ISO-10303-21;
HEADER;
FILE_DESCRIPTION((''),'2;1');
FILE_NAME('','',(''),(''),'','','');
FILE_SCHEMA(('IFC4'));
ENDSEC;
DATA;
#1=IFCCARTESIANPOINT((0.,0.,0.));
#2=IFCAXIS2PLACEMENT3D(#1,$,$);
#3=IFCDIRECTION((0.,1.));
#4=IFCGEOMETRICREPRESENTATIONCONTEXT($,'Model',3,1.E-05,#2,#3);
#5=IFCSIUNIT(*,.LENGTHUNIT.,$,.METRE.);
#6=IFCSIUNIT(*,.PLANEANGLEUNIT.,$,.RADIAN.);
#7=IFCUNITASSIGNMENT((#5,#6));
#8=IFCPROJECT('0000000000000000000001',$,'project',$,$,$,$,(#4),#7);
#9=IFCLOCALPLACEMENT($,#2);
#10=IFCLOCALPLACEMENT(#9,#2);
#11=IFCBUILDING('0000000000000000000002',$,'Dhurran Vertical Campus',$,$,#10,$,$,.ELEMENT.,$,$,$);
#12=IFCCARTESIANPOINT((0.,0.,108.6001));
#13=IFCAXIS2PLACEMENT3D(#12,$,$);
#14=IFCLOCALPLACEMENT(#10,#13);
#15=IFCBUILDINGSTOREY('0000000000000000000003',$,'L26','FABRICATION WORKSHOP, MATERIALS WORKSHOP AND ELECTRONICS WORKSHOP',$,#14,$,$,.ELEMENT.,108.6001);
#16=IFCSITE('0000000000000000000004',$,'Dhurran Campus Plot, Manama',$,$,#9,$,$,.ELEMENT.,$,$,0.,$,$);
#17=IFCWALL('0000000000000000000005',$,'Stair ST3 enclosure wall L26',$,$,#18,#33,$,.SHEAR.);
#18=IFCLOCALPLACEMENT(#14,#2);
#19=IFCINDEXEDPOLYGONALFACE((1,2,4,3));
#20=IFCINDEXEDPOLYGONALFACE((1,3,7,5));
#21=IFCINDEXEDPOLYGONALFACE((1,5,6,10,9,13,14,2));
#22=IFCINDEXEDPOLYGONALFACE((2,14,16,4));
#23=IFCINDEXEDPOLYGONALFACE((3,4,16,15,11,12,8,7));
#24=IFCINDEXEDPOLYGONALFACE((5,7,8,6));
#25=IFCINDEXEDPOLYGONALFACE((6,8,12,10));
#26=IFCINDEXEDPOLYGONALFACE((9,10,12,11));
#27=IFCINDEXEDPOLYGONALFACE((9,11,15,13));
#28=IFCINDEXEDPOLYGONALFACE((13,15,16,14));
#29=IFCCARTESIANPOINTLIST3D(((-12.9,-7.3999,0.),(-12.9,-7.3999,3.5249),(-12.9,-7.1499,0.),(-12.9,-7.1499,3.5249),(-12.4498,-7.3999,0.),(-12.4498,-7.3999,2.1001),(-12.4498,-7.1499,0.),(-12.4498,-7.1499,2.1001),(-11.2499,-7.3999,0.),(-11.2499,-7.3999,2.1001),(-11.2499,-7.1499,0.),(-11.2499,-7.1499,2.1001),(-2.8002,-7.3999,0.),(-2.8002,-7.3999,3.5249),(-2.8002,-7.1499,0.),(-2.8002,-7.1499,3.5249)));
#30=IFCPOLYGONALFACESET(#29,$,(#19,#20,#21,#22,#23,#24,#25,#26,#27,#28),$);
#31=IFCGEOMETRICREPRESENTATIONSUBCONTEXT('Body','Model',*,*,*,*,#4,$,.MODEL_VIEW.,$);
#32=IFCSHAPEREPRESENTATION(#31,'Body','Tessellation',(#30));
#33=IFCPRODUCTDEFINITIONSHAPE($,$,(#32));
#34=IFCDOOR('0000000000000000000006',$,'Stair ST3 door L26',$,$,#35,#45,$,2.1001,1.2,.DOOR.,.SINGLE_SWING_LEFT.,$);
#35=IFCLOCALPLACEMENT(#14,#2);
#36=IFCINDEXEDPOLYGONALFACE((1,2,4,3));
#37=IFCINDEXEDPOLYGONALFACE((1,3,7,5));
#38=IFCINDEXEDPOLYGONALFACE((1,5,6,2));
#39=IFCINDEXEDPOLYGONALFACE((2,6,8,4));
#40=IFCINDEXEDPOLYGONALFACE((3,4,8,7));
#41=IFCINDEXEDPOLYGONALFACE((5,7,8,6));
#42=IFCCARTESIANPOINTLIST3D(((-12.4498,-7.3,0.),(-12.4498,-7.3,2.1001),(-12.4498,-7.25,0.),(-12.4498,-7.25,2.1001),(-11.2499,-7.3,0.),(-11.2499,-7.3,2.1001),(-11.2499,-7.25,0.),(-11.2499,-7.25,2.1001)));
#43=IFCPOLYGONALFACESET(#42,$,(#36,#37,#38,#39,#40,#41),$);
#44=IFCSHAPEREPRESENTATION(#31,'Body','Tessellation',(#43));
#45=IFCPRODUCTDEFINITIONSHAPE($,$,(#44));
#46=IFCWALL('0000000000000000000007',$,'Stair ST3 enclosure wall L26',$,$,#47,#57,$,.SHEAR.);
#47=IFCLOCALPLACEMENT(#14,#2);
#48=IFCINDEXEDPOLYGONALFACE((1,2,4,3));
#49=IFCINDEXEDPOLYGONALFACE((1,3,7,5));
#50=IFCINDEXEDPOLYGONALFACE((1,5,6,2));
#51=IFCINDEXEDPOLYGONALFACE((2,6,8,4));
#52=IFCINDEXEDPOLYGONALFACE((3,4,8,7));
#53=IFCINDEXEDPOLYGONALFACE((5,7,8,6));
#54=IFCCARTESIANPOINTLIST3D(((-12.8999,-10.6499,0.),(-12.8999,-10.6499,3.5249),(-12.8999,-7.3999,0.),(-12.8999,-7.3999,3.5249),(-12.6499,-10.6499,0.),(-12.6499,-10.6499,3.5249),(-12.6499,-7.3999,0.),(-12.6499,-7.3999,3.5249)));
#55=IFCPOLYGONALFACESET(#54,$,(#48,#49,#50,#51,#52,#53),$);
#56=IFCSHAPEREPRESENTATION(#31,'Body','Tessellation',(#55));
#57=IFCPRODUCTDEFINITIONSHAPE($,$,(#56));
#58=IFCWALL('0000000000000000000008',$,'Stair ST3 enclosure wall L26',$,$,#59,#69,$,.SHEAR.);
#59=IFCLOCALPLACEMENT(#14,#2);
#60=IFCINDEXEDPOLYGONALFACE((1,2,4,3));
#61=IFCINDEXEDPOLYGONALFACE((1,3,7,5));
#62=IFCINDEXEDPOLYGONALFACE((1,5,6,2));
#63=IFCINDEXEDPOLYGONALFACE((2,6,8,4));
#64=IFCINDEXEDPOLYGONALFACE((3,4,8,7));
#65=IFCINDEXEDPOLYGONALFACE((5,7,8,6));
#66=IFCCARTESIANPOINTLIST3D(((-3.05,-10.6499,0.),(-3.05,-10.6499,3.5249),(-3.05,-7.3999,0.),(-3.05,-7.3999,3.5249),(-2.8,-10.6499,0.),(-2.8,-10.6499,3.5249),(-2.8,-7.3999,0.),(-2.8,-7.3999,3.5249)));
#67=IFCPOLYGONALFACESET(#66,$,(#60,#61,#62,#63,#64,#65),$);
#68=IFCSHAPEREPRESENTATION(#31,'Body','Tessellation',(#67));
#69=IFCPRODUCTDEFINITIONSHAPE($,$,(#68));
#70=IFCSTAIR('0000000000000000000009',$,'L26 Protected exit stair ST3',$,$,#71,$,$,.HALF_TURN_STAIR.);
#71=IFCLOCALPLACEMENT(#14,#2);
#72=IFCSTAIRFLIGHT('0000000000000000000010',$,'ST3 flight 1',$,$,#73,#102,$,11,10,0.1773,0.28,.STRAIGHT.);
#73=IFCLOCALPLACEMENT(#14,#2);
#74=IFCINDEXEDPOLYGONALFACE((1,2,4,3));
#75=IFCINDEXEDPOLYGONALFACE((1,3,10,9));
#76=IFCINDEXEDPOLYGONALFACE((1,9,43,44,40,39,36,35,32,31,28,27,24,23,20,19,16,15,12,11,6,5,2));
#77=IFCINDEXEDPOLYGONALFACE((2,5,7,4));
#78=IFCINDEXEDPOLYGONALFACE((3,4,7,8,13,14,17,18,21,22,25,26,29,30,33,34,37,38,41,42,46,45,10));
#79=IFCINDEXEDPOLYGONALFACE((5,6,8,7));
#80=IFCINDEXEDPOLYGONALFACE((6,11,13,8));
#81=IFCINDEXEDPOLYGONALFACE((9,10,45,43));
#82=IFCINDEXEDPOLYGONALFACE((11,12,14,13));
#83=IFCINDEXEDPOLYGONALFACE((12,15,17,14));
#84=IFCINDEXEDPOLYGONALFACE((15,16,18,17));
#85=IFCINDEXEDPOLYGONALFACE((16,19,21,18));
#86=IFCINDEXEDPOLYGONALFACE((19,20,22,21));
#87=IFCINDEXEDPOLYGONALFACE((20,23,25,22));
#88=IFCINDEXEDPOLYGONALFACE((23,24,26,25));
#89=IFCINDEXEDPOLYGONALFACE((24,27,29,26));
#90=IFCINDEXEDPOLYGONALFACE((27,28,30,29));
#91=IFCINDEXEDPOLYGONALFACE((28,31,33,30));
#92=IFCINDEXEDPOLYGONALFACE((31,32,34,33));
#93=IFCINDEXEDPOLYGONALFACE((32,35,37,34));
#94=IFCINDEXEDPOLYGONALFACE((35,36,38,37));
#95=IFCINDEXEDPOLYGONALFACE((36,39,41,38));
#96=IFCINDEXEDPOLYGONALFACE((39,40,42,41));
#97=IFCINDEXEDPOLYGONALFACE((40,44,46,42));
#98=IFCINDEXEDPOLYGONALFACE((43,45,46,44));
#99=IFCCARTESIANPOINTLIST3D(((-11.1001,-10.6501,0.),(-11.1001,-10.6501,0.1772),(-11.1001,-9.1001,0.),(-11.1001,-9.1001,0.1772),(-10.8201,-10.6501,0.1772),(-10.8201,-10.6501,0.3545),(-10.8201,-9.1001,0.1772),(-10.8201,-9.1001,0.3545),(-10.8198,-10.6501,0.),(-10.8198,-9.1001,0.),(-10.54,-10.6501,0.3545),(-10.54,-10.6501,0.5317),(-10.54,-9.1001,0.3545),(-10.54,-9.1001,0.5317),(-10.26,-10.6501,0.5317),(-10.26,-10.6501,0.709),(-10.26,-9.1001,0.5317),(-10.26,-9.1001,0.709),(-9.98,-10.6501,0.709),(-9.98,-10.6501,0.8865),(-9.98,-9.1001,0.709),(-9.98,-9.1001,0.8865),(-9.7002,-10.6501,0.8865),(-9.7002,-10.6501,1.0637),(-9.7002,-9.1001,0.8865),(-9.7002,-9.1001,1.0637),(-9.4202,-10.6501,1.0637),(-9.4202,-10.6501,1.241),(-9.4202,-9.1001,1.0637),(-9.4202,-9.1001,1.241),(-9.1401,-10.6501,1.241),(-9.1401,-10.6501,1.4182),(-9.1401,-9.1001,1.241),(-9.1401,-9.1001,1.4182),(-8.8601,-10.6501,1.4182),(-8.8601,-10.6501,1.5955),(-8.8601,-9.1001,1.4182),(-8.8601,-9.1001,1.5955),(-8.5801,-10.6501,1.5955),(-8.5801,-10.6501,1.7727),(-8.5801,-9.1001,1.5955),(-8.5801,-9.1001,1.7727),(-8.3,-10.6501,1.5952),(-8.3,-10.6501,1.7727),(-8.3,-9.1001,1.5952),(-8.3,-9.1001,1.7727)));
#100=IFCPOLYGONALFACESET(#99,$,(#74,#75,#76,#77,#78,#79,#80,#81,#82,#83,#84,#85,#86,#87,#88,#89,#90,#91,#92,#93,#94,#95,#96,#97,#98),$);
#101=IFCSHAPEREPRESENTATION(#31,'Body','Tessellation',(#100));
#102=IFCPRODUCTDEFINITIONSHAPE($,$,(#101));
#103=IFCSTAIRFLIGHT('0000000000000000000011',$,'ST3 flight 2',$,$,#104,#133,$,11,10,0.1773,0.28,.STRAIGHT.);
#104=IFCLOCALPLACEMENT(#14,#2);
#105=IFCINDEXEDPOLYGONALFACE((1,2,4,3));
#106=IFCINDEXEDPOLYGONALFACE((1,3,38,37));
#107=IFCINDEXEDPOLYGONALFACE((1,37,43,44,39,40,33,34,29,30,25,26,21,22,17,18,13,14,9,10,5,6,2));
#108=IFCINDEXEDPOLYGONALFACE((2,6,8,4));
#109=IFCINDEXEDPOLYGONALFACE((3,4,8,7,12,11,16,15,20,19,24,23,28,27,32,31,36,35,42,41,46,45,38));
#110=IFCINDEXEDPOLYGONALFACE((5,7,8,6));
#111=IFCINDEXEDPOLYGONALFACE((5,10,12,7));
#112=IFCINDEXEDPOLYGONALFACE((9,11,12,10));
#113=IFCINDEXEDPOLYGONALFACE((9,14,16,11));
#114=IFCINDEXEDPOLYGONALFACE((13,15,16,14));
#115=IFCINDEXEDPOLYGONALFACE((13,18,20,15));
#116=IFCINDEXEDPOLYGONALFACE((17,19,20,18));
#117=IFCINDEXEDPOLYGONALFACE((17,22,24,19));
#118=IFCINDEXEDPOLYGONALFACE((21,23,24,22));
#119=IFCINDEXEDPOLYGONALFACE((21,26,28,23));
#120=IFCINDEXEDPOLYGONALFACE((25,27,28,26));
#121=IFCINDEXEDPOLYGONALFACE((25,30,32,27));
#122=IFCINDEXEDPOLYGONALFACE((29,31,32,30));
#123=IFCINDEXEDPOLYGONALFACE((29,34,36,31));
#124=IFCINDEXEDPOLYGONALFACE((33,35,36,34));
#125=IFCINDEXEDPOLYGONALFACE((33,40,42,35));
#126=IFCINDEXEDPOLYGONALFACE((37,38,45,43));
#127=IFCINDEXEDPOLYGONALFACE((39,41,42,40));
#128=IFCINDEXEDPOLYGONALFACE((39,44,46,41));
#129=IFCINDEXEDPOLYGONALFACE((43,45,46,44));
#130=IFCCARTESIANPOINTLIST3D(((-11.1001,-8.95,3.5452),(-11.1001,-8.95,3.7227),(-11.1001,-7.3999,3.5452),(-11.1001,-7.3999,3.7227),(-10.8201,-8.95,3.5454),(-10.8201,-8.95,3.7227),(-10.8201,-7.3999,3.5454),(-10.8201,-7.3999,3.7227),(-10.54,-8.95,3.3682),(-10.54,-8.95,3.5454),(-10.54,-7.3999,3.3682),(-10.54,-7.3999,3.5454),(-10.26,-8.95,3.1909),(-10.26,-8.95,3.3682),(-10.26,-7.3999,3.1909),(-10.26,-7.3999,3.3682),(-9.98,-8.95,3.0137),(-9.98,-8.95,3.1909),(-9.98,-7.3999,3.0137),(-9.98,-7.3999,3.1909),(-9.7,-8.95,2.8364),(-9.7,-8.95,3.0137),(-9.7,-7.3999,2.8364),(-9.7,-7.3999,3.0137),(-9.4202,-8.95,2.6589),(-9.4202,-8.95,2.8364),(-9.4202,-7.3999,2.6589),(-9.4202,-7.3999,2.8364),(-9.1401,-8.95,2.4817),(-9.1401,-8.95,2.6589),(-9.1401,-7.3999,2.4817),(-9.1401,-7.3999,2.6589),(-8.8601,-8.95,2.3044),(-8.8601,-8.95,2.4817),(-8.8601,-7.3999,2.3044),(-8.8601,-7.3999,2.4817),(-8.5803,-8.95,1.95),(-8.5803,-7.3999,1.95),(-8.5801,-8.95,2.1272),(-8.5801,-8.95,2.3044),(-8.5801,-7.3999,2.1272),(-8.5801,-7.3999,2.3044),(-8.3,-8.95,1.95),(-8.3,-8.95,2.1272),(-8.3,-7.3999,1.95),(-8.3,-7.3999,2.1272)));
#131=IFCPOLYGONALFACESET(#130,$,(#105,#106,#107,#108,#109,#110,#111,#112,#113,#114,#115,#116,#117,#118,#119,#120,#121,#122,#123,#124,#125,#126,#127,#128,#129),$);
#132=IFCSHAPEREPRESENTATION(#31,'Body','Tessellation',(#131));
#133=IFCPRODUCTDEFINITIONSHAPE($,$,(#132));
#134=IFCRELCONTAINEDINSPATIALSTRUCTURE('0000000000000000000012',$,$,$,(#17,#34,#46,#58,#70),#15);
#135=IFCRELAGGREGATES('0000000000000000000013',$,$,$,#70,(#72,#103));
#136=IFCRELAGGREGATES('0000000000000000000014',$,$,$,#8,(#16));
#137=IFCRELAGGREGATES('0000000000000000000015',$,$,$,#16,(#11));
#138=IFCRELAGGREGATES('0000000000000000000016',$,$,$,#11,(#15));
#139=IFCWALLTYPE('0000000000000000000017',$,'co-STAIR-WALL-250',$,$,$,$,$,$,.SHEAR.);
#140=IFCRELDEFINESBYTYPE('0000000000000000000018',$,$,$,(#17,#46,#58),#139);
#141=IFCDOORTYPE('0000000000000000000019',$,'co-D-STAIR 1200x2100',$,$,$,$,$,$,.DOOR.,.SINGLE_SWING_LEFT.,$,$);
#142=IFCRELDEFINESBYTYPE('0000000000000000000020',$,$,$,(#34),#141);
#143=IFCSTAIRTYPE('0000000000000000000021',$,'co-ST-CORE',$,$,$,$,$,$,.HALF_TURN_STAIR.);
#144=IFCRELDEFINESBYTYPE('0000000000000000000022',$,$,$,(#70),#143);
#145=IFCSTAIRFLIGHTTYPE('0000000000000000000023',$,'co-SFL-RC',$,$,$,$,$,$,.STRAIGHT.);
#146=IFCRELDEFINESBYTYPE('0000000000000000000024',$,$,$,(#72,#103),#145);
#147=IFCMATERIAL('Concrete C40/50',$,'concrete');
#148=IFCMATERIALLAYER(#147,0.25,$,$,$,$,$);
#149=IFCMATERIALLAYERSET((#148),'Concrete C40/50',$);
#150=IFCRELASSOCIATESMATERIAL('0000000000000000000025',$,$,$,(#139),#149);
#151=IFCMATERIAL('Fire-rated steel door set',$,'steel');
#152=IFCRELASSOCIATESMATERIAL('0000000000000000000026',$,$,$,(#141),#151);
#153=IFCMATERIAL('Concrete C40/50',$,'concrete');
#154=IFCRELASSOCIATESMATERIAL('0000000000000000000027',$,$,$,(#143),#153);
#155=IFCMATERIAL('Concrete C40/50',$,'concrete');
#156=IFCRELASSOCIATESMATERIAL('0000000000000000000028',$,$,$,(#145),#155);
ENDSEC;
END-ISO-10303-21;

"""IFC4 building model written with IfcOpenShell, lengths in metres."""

from ifc_helpers import new_model, si_unit, direction, frame, frame_2d, origin, place, context, subcontext, project, spatial, polyline, rectangle, outline, extrude, material, layer, layer_set, type_object, element, fill, aggregate, save


model = new_model("IFC4")

# Units and contexts
model_context = context("Model", 3, precision=1e-05, world=origin(), true_north=direction((0.0, 1.0)))
body_context = subcontext(model_context, "Body", "Model", "MODEL_VIEW")
ifc_project = project(units=[si_unit("LENGTHUNIT", "METRE"), si_unit("PLANEANGLEUNIT", "RADIAN")], contexts=[model_context])

# Site, building, storey
site_placement = place(None, origin())
site = spatial("IfcSite", under=ifc_project, at=site_placement, Name="Dhurran Campus Plot, Manama", CompositionType="ELEMENT", RefElevation=0.0)
building_placement = place(site_placement, origin())
building = spatial("IfcBuilding", under=site, at=building_placement, Name="Dhurran Vertical Campus", CompositionType="ELEMENT")
storey_placement = place(building_placement, frame((0.0, 0.0, 108.6001)))
storey = spatial("IfcBuildingStorey", under=building, at=storey_placement, Name="L26", Description="FABRICATION WORKSHOP, MATERIALS WORKSHOP AND ELECTRONICS WORKSHOP", CompositionType="ELEMENT", Elevation=108.6001)

# Wall, opening, door
ifc_material_1 = material(Name="Concrete C40/50", Category="concrete")
ifc_layer_1 = layer(ifc_material_1, 0.25)
ifc_layer_set_1 = layer_set([ifc_layer_1], Name="Concrete C40/50")
wall_type_1 = type_object("IfcWallType", Name="co-STAIR-WALL-250", PredefinedType="SHEAR", material=ifc_layer_set_1)
wall_1_placement = place(storey_placement, frame((-12.8999, -7.2749, 0.0), z_axis=(0.0, 0.0, 1.0), x_axis=(1.0, 0.0, 0.0)))
wall_1 = element("IfcWall", 1, at=wall_1_placement, inside=storey, type_object=wall_type_1, Name="Stair ST3 enclosure wall L26", PredefinedType="SHEAR", context=body_context, shape_type="SweptSolid", body=[
    extrude(rectangle(XDim=10.0999, YDim=0.25, at=frame_2d((5.0498, 0.0))), origin(), (0.0, 0.0, 1.0), 3.5249),
])
opening_1_placement = place(wall_1_placement, frame((0.45, 0.0, 0.0)))
opening_1 = element("IfcOpeningElement", 2, at=opening_1_placement, cuts=wall_1, PredefinedType="OPENING", context=body_context, shape_type="SweptSolid", body=[
    extrude(rectangle(XDim=1.2, YDim=2.1001, at=frame_2d((0.6001, 1.05))), frame((0.0, 0.135, 0.0), z_axis=(0.0, -1.0, 0.0), x_axis=(1.0, 0.0, 0.0)), (0.0, 0.0, 1.0), 0.27),
])
ifc_material_2 = material(Name="Fire-rated steel door set", Category="steel")
door_type_1 = type_object("IfcDoorType", Name="co-D-STAIR 1200x2100", OperationType="SINGLE_SWING_LEFT", PredefinedType="DOOR", material=ifc_material_2)
door_1_placement = place(opening_1_placement, origin())
door_1 = element("IfcDoor", 3, at=door_1_placement, inside=storey, type_object=door_type_1, Name="Stair ST3 door L26", OperationType="SINGLE_SWING_LEFT", OverallHeight=2.1001, OverallWidth=1.2, PredefinedType="DOOR", context=body_context, shape_type="SweptSolid", body=[
    extrude(rectangle(XDim=1.2, YDim=2.1001, at=frame_2d((0.6001, 1.05))), frame((0.0, 0.0249, 0.0), z_axis=(0.0, -1.0, 0.0), x_axis=(1.0, 0.0, 0.0)), (0.0, 0.0, 1.0), 0.05),
])
fill(opening_1, door_1)

# Walls
for number, where, z_axis, x_axis, name in (
    (4, (-12.7749, -10.6499, 0.0), (0.0, 0.0, 1.0), (0.0, 1.0, 0.0), "Stair ST3 enclosure wall L26"),
    (5, (-2.925, -10.6499, 0.0), (0.0, 0.0, 1.0), (0.0, 1.0, 0.0), "Stair ST3 enclosure wall L26"),
):
    element("IfcWall", number, at=place(storey_placement, frame(where, z_axis=z_axis, x_axis=x_axis)), inside=storey, type_object=wall_type_1, Name=name, PredefinedType="SHEAR", context=body_context, shape_type="SweptSolid", body=[
        extrude(rectangle(XDim=3.25, YDim=0.25, at=frame_2d((1.625, 0.0))), origin(), (0.0, 0.0, 1.0), 3.5249),
    ])

# Stair, stair flights
ifc_material_3 = material(Name="Concrete C40/50", Category="concrete")
stair_type = type_object("IfcStairType", Name="co-ST-CORE", PredefinedType="HALF_TURN_STAIR", material=ifc_material_3)
stair_placement = place(storey_placement, origin())
stair = element("IfcStair", 6, at=stair_placement, inside=storey, type_object=stair_type, Name="L26 Protected exit stair ST3", PredefinedType="HALF_TURN_STAIR")
ifc_material_4 = material(Name="Concrete C40/50", Category="concrete")
stair_flight_type = type_object("IfcStairFlightType", Name="co-SFL-RC", PredefinedType="STRAIGHT", material=ifc_material_4)
stair_flight_1_placement = place(storey_placement, frame((-11.1001, -9.875, 0.0), z_axis=(0.0, 0.0, 1.0), x_axis=(1.0, 0.0, 0.0)))
stair_flight_1 = element("IfcStairFlight", 7, at=stair_flight_1_placement, type_object=stair_flight_type, Name="ST3 flight 1", NumberOfRisers=11, NumberOfTreads=10, PredefinedType="STRAIGHT", RiserHeight=0.1773, TreadLength=0.28, context=body_context, shape_type="SweptSolid", body=[
    extrude(outline(polyline([(0.0, 0.0), (0.0, 0.1772), (0.28, 0.1772), (0.28, 0.3545), (0.5601, 0.3545), (0.5601, 0.5317), (0.8401, 0.5317), (0.8401, 0.709), (1.1201, 0.709), (1.1201, 0.8865), (1.3999, 0.8865), (1.3999, 1.0637), (1.6799, 1.0637), (1.6799, 1.241), (1.96, 1.241), (1.96, 1.4182), (2.24, 1.4182), (2.24, 1.5955), (2.52, 1.5955), (2.52, 1.7727), (2.8, 1.7727), (2.8, 1.95), (2.8, 1.5952), (0.2803, 0.0), (0.0, 0.0)])), frame((0.0, 0.7749, 0.0), z_axis=(0.0, -1.0, 0.0), x_axis=(1.0, 0.0, 0.0)), (0.0, 0.0, 1.0), 1.55),
])
stair_flight_2_placement = place(storey_placement, frame((-8.3, -8.175, 1.95), z_axis=(0.0, 0.0, 1.0), x_axis=(-1.0, 0.0, 0.0)))
stair_flight_2 = element("IfcStairFlight", 8, at=stair_flight_2_placement, type_object=stair_flight_type, Name="ST3 flight 2", NumberOfRisers=11, NumberOfTreads=10, PredefinedType="STRAIGHT", RiserHeight=0.1773, TreadLength=0.28, context=body_context, shape_type="SweptSolid", body=[
    extrude(outline(polyline([(0.0, 0.0), (0.0, 0.1772), (0.28, 0.1772), (0.28, 0.3545), (0.5601, 0.3545), (0.5601, 0.5317), (0.8401, 0.5317), (0.8401, 0.709), (1.1201, 0.709), (1.1201, 0.8865), (1.3999, 0.8865), (1.3999, 1.0637), (1.6799, 1.0637), (1.6799, 1.241), (1.96, 1.241), (1.96, 1.4182), (2.24, 1.4182), (2.24, 1.5955), (2.52, 1.5955), (2.52, 1.7727), (2.8, 1.7727), (2.8, 1.95), (2.8, 1.5952), (0.2803, 0.0), (0.0, 0.0)])), frame((0.0, 0.7749, 0.0), z_axis=(0.0, -1.0, 0.0), x_axis=(1.0, 0.0, 0.0)), (0.0, 0.0, 1.0), 1.55),
])
aggregate(stair, [stair_flight_1, stair_flight_2])

save(model, "model.ifc")
